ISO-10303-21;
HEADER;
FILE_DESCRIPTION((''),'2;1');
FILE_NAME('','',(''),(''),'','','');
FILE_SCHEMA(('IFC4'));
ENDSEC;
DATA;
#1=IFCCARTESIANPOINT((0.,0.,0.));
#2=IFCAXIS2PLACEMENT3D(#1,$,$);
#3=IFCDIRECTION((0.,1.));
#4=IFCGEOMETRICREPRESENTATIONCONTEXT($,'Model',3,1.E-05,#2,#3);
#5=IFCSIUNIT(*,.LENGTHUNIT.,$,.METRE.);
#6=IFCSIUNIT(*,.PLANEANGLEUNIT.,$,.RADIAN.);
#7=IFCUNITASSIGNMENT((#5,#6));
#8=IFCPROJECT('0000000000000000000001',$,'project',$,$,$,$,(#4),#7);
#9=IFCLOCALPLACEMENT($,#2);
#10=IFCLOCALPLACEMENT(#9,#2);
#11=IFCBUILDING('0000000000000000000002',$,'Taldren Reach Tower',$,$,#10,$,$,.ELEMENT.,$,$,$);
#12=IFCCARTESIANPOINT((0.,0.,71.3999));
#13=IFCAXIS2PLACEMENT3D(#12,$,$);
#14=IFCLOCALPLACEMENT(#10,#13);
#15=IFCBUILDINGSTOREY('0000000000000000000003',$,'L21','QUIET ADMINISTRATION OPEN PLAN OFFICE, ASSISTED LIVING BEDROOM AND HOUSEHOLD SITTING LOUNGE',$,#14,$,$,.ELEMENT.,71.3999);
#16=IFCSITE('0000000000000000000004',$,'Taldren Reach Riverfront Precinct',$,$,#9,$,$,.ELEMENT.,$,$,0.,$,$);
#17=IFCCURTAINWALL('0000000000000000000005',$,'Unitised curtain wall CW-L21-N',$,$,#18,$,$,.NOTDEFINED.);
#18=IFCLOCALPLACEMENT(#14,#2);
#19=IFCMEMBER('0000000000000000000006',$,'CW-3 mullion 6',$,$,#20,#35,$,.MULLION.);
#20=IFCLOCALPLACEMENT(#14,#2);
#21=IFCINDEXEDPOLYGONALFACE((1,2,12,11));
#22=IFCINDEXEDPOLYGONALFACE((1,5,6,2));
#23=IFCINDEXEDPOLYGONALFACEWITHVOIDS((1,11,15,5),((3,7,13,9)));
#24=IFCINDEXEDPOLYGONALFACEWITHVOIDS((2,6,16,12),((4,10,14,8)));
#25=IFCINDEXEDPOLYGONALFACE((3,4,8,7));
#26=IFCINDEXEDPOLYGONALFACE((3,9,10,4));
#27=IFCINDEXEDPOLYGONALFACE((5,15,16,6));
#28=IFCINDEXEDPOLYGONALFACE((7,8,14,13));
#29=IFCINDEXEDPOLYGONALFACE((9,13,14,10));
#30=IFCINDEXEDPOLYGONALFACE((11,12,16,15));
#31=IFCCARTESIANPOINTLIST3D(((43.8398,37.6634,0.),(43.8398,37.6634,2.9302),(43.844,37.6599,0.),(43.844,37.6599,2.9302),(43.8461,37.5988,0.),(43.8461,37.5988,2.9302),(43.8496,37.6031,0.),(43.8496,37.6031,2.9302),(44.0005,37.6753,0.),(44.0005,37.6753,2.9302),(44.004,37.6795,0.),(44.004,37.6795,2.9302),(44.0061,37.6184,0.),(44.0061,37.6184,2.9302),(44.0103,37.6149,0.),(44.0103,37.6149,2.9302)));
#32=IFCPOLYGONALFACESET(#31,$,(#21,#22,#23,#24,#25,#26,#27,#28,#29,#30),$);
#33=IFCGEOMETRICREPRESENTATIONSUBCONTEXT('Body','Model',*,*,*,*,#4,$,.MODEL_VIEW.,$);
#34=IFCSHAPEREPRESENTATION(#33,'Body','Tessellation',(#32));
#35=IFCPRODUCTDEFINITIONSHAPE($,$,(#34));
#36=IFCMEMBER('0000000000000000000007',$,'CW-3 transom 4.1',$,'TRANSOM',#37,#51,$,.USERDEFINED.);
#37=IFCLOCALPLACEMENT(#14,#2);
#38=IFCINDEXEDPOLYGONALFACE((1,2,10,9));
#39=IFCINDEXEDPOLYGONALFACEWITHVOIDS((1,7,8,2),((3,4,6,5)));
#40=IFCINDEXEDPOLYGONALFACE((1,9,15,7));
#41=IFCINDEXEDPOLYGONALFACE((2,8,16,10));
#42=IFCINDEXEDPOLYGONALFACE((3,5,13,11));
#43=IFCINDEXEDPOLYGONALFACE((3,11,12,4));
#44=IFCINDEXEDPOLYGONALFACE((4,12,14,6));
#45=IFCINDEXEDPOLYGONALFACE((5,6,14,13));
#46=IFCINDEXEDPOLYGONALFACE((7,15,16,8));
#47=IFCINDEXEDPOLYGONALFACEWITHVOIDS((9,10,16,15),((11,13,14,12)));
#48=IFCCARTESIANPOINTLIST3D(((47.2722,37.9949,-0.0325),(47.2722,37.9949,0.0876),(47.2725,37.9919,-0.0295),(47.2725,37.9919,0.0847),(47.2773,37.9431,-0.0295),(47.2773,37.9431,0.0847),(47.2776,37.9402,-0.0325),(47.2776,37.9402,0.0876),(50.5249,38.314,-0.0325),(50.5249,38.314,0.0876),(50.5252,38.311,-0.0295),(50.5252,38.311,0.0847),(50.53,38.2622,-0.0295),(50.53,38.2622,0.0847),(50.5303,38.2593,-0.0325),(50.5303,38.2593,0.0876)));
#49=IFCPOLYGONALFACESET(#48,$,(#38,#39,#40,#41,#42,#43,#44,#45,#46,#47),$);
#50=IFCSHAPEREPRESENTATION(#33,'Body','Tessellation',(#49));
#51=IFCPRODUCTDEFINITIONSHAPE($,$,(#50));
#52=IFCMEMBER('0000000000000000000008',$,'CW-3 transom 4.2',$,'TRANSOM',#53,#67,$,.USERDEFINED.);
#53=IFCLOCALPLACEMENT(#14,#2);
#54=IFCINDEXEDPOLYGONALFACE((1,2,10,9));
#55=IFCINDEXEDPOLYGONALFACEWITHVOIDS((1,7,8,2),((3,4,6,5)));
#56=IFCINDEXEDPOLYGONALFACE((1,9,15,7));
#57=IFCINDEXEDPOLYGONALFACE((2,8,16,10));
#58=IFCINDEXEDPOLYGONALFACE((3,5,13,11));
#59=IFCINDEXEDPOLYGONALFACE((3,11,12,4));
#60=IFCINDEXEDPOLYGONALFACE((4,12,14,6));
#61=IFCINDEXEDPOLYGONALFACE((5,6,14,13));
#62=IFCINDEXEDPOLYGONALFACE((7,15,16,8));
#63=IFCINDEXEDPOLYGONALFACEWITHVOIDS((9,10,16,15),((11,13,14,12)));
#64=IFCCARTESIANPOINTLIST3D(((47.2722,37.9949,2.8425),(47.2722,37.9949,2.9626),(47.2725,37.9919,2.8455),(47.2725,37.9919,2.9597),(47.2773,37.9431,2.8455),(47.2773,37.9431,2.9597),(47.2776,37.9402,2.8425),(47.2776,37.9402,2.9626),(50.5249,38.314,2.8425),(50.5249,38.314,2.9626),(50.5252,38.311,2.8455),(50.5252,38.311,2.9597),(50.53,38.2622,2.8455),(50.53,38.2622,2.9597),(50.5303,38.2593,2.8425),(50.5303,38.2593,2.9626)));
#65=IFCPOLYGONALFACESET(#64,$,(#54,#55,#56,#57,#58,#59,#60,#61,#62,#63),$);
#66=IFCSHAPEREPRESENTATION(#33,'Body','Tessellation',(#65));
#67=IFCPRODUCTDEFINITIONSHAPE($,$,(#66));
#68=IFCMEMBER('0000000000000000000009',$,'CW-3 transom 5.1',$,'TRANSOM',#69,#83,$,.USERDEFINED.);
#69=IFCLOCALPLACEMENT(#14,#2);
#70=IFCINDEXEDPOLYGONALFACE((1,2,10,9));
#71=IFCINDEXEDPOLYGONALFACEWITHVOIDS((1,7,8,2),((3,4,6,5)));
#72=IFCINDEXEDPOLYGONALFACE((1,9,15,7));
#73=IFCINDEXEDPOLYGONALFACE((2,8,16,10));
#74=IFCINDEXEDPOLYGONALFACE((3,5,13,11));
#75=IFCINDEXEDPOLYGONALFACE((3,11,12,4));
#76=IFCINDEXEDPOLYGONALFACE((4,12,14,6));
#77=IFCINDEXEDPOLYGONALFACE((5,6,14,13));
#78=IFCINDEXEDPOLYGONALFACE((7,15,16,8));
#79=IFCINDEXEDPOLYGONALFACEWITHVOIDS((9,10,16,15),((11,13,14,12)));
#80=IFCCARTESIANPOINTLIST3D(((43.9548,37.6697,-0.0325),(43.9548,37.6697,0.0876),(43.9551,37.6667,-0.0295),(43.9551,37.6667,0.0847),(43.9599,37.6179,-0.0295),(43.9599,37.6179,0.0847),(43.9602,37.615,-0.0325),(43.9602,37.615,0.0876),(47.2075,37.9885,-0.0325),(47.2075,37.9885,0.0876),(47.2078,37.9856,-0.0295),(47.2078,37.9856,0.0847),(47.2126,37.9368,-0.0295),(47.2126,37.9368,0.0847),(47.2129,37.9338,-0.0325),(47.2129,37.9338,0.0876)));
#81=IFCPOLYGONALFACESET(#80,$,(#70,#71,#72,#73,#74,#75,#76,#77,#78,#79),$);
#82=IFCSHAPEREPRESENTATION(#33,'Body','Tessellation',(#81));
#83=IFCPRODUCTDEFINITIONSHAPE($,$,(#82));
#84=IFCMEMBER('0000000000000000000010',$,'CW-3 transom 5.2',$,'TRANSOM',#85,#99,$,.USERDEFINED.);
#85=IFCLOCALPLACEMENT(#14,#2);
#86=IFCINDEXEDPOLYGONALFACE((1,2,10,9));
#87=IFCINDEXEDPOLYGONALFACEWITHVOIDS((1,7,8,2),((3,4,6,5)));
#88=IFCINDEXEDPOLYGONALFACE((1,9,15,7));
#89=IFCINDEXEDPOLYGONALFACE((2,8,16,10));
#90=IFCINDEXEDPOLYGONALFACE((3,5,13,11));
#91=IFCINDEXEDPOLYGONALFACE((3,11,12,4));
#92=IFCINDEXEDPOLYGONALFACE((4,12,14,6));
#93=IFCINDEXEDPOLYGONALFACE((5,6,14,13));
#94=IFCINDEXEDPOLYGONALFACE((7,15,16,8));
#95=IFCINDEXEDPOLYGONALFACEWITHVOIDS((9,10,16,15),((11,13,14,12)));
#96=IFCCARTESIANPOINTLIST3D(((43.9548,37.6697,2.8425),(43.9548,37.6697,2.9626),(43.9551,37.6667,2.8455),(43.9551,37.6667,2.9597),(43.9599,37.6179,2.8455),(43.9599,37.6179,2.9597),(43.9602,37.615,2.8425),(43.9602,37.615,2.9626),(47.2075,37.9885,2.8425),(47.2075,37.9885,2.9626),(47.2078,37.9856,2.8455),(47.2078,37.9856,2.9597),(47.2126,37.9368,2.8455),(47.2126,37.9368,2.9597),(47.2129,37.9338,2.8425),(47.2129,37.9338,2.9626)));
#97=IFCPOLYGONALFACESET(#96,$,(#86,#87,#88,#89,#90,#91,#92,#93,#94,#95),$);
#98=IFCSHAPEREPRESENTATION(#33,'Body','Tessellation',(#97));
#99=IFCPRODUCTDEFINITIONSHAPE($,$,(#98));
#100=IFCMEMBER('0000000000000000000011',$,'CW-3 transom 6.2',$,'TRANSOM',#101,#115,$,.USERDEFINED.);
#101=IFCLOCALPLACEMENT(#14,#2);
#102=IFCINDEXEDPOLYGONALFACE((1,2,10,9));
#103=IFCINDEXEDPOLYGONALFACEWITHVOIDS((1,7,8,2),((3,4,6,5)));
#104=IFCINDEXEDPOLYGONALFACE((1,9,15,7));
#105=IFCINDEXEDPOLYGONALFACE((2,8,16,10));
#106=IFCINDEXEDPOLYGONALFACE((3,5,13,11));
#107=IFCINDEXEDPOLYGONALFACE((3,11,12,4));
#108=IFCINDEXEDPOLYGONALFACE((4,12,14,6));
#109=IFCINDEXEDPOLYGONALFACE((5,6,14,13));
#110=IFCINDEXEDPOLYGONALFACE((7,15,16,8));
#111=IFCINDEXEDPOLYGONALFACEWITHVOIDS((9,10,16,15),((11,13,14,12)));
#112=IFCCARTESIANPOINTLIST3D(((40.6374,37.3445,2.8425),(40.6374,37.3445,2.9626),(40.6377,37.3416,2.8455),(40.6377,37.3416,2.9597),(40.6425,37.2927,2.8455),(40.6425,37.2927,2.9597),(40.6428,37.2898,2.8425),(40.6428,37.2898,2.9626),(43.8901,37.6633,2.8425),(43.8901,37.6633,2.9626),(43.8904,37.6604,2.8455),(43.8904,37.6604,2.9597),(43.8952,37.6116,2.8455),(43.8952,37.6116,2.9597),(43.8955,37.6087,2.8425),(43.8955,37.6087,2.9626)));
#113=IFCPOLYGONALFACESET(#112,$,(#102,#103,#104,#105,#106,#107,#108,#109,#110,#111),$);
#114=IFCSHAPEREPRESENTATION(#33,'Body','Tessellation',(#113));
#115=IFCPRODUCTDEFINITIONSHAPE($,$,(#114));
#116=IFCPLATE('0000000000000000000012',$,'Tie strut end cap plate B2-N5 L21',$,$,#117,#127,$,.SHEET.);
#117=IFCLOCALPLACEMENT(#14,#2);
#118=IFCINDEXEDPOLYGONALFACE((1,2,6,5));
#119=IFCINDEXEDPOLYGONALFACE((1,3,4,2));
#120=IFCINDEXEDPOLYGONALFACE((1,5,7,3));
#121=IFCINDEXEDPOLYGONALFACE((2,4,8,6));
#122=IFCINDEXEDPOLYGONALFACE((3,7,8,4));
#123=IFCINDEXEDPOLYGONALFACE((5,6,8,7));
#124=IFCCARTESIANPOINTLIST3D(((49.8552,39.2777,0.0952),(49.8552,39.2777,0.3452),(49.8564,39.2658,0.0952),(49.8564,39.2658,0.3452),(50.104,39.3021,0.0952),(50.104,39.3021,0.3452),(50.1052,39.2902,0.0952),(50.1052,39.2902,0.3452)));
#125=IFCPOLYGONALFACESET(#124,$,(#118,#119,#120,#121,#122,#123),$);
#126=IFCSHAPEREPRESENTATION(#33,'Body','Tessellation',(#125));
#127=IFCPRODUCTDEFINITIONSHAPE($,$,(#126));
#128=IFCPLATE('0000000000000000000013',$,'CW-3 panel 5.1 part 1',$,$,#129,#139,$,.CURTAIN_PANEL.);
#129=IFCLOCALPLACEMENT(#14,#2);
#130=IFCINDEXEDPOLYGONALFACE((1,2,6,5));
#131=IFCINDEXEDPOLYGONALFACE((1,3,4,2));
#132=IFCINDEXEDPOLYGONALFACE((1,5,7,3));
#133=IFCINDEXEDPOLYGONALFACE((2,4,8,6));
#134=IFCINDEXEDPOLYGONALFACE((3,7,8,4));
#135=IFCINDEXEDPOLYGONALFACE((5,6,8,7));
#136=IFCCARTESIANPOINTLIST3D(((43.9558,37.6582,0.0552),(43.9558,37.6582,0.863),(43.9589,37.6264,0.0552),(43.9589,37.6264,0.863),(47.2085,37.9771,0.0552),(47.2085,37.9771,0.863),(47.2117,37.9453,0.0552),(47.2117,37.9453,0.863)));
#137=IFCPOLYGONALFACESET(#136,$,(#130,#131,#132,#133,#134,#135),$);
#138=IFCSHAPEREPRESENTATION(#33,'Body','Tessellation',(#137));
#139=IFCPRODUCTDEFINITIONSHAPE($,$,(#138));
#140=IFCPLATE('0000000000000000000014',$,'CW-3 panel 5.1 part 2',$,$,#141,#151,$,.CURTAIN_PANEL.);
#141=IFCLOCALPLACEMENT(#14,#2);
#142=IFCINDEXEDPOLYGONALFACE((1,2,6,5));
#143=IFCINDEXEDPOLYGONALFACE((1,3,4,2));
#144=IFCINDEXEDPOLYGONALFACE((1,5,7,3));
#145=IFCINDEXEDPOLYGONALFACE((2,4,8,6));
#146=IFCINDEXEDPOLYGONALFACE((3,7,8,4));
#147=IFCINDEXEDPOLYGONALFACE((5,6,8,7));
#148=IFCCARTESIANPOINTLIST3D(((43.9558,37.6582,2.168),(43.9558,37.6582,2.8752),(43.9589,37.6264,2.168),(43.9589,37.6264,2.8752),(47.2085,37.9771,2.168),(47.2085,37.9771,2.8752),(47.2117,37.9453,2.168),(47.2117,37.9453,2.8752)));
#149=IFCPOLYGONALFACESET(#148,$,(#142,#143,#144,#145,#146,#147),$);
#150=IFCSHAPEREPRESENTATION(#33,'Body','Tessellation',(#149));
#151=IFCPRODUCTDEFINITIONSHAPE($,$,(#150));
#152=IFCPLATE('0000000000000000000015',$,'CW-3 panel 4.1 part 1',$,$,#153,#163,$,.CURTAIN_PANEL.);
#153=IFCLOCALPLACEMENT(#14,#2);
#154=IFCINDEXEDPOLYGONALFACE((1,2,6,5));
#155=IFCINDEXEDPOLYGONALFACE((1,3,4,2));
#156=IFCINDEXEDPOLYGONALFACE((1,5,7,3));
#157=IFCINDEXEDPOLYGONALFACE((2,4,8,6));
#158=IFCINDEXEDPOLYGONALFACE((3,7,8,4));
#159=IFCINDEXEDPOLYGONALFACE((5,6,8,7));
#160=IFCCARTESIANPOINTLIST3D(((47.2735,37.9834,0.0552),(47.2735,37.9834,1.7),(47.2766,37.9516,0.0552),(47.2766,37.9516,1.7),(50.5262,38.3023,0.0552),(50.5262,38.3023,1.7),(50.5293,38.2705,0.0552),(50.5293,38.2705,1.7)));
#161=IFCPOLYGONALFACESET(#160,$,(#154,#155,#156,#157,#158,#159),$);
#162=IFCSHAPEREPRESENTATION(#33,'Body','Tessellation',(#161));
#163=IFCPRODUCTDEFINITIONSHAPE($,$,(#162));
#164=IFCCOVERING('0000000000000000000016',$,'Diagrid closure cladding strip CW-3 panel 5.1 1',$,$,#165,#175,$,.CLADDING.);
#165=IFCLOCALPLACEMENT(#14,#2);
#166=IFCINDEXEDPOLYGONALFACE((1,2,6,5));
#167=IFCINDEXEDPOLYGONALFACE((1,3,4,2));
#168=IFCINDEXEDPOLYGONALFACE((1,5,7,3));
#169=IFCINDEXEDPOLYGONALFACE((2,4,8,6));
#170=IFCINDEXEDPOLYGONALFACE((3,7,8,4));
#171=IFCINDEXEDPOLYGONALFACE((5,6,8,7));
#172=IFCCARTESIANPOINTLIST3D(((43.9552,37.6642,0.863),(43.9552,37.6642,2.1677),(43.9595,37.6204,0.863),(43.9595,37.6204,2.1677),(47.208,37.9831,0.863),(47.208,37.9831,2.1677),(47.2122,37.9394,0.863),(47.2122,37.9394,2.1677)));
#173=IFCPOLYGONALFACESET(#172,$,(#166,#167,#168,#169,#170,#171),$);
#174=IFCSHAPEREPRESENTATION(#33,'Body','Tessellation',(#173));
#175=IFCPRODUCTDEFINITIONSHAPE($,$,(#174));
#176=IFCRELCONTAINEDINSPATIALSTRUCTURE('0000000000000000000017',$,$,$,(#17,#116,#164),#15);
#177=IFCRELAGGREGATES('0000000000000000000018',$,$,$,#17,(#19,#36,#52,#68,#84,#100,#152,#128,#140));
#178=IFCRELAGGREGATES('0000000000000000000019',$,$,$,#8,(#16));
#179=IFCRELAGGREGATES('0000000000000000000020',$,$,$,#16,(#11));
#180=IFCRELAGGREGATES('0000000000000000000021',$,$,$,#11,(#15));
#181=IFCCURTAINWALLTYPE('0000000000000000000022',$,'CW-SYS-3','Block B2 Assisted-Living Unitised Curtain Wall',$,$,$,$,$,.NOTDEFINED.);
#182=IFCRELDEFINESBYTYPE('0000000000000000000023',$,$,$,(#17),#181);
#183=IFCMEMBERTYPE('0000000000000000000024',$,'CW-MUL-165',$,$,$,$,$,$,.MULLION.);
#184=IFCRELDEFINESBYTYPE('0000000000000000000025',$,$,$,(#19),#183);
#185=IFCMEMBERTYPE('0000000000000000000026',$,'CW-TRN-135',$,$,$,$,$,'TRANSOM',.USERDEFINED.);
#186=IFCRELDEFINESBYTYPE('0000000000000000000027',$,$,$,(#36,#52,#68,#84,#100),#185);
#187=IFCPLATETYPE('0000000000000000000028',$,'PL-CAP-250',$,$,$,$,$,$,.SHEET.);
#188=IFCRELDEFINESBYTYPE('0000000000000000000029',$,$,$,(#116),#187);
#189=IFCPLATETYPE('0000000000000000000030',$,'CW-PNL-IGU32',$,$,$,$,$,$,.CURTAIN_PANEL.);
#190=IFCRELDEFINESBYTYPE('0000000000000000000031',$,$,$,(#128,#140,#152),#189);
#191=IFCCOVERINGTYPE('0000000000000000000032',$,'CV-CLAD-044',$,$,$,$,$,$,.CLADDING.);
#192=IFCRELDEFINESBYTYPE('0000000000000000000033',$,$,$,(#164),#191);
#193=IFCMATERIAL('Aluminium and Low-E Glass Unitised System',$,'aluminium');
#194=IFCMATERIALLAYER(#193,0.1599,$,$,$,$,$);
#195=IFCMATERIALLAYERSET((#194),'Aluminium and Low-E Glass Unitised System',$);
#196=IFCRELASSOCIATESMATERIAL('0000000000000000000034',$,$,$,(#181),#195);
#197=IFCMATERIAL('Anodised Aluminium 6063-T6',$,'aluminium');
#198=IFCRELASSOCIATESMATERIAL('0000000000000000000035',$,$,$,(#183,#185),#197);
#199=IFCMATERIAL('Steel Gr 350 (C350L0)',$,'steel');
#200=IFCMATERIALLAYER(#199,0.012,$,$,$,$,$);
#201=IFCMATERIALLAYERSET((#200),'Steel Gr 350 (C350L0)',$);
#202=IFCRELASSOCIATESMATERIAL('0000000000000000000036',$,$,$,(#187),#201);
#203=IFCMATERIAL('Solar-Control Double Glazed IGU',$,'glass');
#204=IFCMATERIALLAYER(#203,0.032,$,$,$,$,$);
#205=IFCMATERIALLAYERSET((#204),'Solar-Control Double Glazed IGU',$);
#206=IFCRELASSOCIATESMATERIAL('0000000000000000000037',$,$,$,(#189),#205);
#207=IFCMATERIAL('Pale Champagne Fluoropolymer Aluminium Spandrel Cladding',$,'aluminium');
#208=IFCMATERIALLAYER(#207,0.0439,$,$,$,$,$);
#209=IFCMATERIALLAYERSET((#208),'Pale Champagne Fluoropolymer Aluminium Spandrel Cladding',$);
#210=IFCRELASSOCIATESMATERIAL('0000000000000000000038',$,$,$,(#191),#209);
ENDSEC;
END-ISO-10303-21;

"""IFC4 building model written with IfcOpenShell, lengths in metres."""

from ifc_helpers import new_model, si_unit, direction, frame, origin, origin_2d, place, context, subcontext, project, spatial, rectangle, hollow_rectangle, extrude, source, transform, mapped, material, layer, layer_set, material_profile, profile_set, type_object, element, aggregate, save


model = new_model("IFC4")

# Units and contexts
model_context = context("Model", 3, precision=1e-05, world=origin(), true_north=direction((0.0, 1.0)))
body_context = subcontext(model_context, "Body", "Model", "MODEL_VIEW")
ifc_project = project(units=[si_unit("LENGTHUNIT", "METRE"), si_unit("PLANEANGLEUNIT", "RADIAN")], contexts=[model_context])

# Site, building, storey
site_placement = place(None, origin())
site = spatial("IfcSite", under=ifc_project, at=site_placement, Name="Taldren Reach Riverfront Precinct", CompositionType="ELEMENT", RefElevation=0.0)
building_placement = place(site_placement, origin())
building = spatial("IfcBuilding", under=site, at=building_placement, Name="Taldren Reach Tower", CompositionType="ELEMENT")
storey_placement = place(building_placement, frame((0.0, 0.0, 71.3999)))
storey = spatial("IfcBuildingStorey", under=building, at=storey_placement, Name="L21", Description="QUIET ADMINISTRATION OPEN PLAN OFFICE, ASSISTED LIVING BEDROOM AND HOUSEHOLD SITTING LOUNGE", CompositionType="ELEMENT", Elevation=71.3999)

# Shared definitions
ifc_material_1 = material(Name="Steel Gr 350 (C350L0)", Category="steel")

# Curtain wall, members
ifc_material_2 = material(Name="Aluminium and Low-E Glass Unitised System", Category="aluminium")
ifc_layer_1 = layer(ifc_material_2, 0.1599)
ifc_layer_set_1 = layer_set([ifc_layer_1], Name="Aluminium and Low-E Glass Unitised System")
curtain_wall_type = type_object("IfcCurtainWallType", Name="CW-SYS-3", Description="Block B2 Assisted-Living Unitised Curtain Wall", PredefinedType="NOTDEFINED", material=ifc_layer_set_1)
curtain_wall_placement = place(storey_placement, origin())
curtain_wall = element("IfcCurtainWall", 1, at=curtain_wall_placement, inside=storey, type_object=curtain_wall_type, Name="Unitised curtain wall CW-L21-N", PredefinedType="NOTDEFINED")
ifc_material_3 = material(Name="Anodised Aluminium 6063-T6", Category="aluminium")
ifc_material_profile_1 = material_profile(ifc_material_3, hollow_rectangle(XDim=0.0649, YDim=0.165, WallThickness=0.0039, at=origin_2d()), Name="ALU-165x65x4RHS")
ifc_profile_set_1 = profile_set([ifc_material_profile_1], Name="Anodised Aluminium 6063-T6")
member_type_1 = type_object("IfcMemberType", Name="CW-MUL-165", PredefinedType="MULLION", material=ifc_profile_set_1)
shared_shape_1 = source(origin(), body_context, "Body", "SweptSolid", [
    extrude(hollow_rectangle(XDim=0.0649, YDim=0.165, WallThickness=0.0039, at=origin_2d()), origin(), (0.0, 0.0, 1.0), 2.9302),
])
member_1_placement = place(storey_placement, frame((43.925, 37.6392, 0.0), z_axis=(0.0, 0.0, 1.0), x_axis=(0.097583, -0.995227, 0.0)))
member_1 = element("IfcMember", 2, at=member_1_placement, type_object=member_type_1, Name="CW-3 mullion 6", PredefinedType="MULLION", context=body_context, shape_type="MappedRepresentation", body=[
    mapped(shared_shape_1, transform((0.0, 0.0, 0.0), scale=1.0)),
])
ifc_material_profile_2 = material_profile(ifc_material_3, hollow_rectangle(XDim=0.0549, YDim=0.1201, WallThickness=0.0029, at=origin_2d()), Name="ALU-120x55x3RHS")
ifc_profile_set_2 = profile_set([ifc_material_profile_2], Name="Anodised Aluminium 6063-T6")
member_type_2 = type_object("IfcMemberType", Name="CW-TRN-135", ElementType="TRANSOM", PredefinedType="USERDEFINED", material=ifc_profile_set_2)
shared_shape_2 = source(origin(), body_context, "Body", "SweptSolid", [
    extrude(hollow_rectangle(XDim=0.0549, YDim=0.1201, WallThickness=0.0029, at=origin_2d()), origin(), (0.0, 0.0, 1.0), 3.2683),
])
member_2_placement = place(storey_placement, frame((50.5276, 38.2866, 0.0276), z_axis=(-0.995223, -0.097632, 0.0), x_axis=(0.097632, -0.995223, 0.0)))
member_2 = element("IfcMember", 3, at=member_2_placement, type_object=member_type_2, Name="CW-3 transom 4.1", ObjectType="TRANSOM", PredefinedType="USERDEFINED", context=body_context, shape_type="MappedRepresentation", body=[
    mapped(shared_shape_2, transform((0.0, 0.0, 0.0), scale=1.0)),
])
member_3_placement = place(storey_placement, frame((50.5276, 38.2866, 2.9026), z_axis=(-0.995223, -0.097632, 0.0), x_axis=(0.097632, -0.995223, 0.0)))
member_3 = element("IfcMember", 4, at=member_3_placement, type_object=member_type_2, Name="CW-3 transom 4.2", ObjectType="TRANSOM", PredefinedType="USERDEFINED", context=body_context, shape_type="MappedRepresentation", body=[
    mapped(shared_shape_2, transform((0.0, 0.0, 0.0), scale=1.0)),
])
member_4_placement = place(storey_placement, frame((47.2102, 37.9612, 0.0276), z_axis=(-0.99523, -0.097558, 0.0), x_axis=(0.097558, -0.99523, 0.0)))
member_4 = element("IfcMember", 5, at=member_4_placement, type_object=member_type_2, Name="CW-3 transom 5.1", ObjectType="TRANSOM", PredefinedType="USERDEFINED", context=body_context, shape_type="MappedRepresentation", body=[
    mapped(shared_shape_2, transform((0.0, 0.0, 0.0), scale=1.0)),
])
member_5_placement = place(storey_placement, frame((47.2102, 37.9612, 2.9026), z_axis=(-0.99523, -0.097558, 0.0), x_axis=(0.097558, -0.99523, 0.0)))
member_5 = element("IfcMember", 6, at=member_5_placement, type_object=member_type_2, Name="CW-3 transom 5.2", ObjectType="TRANSOM", PredefinedType="USERDEFINED", context=body_context, shape_type="MappedRepresentation", body=[
    mapped(shared_shape_2, transform((0.0, 0.0, 0.0), scale=1.0)),
])
member_6_placement = place(storey_placement, frame((43.8928, 37.636, 2.9026), z_axis=(-0.99523, -0.097558, 0.0), x_axis=(0.097558, -0.99523, 0.0)))
member_6 = element("IfcMember", 7, at=member_6_placement, type_object=member_type_2, Name="CW-3 transom 6.2", ObjectType="TRANSOM", PredefinedType="USERDEFINED", context=body_context, shape_type="MappedRepresentation", body=[
    mapped(shared_shape_2, transform((0.0, 0.0, 0.0), scale=1.0)),
])

# Plates
ifc_layer_2 = layer(ifc_material_1, 0.012)
ifc_layer_set_2 = layer_set([ifc_layer_2], Name="Steel Gr 350 (C350L0)")
plate_type_1 = type_object("IfcPlateType", Name="PL-CAP-250", PredefinedType="SHEET", material=ifc_layer_set_2)
shared_shape_3 = source(origin(), body_context, "Body", "SweptSolid", [
    extrude(rectangle(XDim=0.25, YDim=0.012, at=origin_2d()), origin(), (0.0, 0.0, 1.0), 0.25),
])
plate_1_placement = place(storey_placement, frame((49.9802, 39.2839, 0.0952), z_axis=(0.0, 0.0, 1.0), x_axis=(0.995227, 0.097583, 0.0)))
element("IfcPlate", 8, at=plate_1_placement, inside=storey, type_object=plate_type_1, Name="Tie strut end cap plate B2-N5 L21", PredefinedType="SHEET", context=body_context, shape_type="MappedRepresentation", body=[
    mapped(shared_shape_3, transform((0.0, 0.0, 0.0), scale=1.0)),
])
ifc_material_4 = material(Name="Solar-Control Double Glazed IGU", Category="glass")
ifc_layer_3 = layer(ifc_material_4, 0.032)
ifc_layer_set_3 = layer_set([ifc_layer_3], Name="Solar-Control Double Glazed IGU")
plate_type_2 = type_object("IfcPlateType", Name="CW-PNL-IGU32", PredefinedType="CURTAIN_PANEL", material=ifc_layer_set_3)
shared_shape_4 = source(origin(), body_context, "Body", "SweptSolid", [
    extrude(rectangle(XDim=3.2683, YDim=0.032, at=origin_2d()), origin(), (0.0, 0.0, 1.0), 0.8079),
])
plate_2_placement = place(storey_placement, frame((45.5837, 37.8018, 0.0552), z_axis=(0.0, 0.0, 1.0), x_axis=(-0.995227, -0.097583, 0.0)))
plate_2 = element("IfcPlate", 9, at=plate_2_placement, type_object=plate_type_2, Name="CW-3 panel 5.1 part 1", PredefinedType="CURTAIN_PANEL", context=body_context, shape_type="MappedRepresentation", body=[
    mapped(shared_shape_4, transform((0.0, 0.0, 0.0), scale=1.0)),
])
shared_shape_5 = source(origin(), body_context, "Body", "SweptSolid", [
    extrude(rectangle(XDim=3.2683, YDim=0.032, at=origin_2d()), origin(), (0.0, 0.0, 1.0), 0.7073),
])
plate_3_placement = place(storey_placement, frame((45.5837, 37.8018, 2.168), z_axis=(0.0, 0.0, 1.0), x_axis=(-0.995227, -0.097583, 0.0)))
plate_3 = element("IfcPlate", 10, at=plate_3_placement, type_object=plate_type_2, Name="CW-3 panel 5.1 part 2", PredefinedType="CURTAIN_PANEL", context=body_context, shape_type="MappedRepresentation", body=[
    mapped(shared_shape_5, transform((0.0, 0.0, 0.0), scale=1.0)),
])
shared_shape_6 = source(origin(), body_context, "Body", "SweptSolid", [
    extrude(rectangle(XDim=3.2683, YDim=0.032, at=origin_2d()), origin(), (0.0, 0.0, 1.0), 1.6448),
])
plate_4_placement = place(storey_placement, frame((48.9014, 38.127, 0.0552), z_axis=(0.0, 0.0, 1.0), x_axis=(-0.995227, -0.097583, 0.0)))
plate_4 = element("IfcPlate", 11, at=plate_4_placement, type_object=plate_type_2, Name="CW-3 panel 4.1 part 1", PredefinedType="CURTAIN_PANEL", context=body_context, shape_type="MappedRepresentation", body=[
    mapped(shared_shape_6, transform((0.0, 0.0, 0.0), scale=1.0)),
])
aggregate(curtain_wall, [member_1, member_2, member_3, member_4, member_5, member_6, plate_4, plate_2, plate_3])

# Covering
ifc_material_5 = material(Name="Pale Champagne Fluoropolymer Aluminium Spandrel Cladding", Category="aluminium")
ifc_layer_4 = layer(ifc_material_5, 0.0439)
ifc_layer_set_4 = layer_set([ifc_layer_4], Name="Pale Champagne Fluoropolymer Aluminium Spandrel Cladding")
covering_type = type_object("IfcCoveringType", Name="CV-CLAD-044", PredefinedType="CLADDING", material=ifc_layer_set_4)
shared_shape_7 = source(origin(), body_context, "Body", "SweptSolid", [
    extrude(rectangle(XDim=3.2683, YDim=0.0439, at=origin_2d()), origin(), (0.0, 0.0, 1.0), 1.3047),
])
covering_1_placement = place(storey_placement, frame((45.5837, 37.8018, 0.863), z_axis=(0.0, 0.0, 1.0), x_axis=(-0.995227, -0.097583, 0.0)))
element("IfcCovering", 12, at=covering_1_placement, inside=storey, type_object=covering_type, Name="Diagrid closure cladding strip CW-3 panel 5.1 1", PredefinedType="CLADDING", context=body_context, shape_type="MappedRepresentation", body=[
    mapped(shared_shape_7, transform((0.0, 0.0, 0.0), scale=1.0)),
])

save(model, "model.ifc")
